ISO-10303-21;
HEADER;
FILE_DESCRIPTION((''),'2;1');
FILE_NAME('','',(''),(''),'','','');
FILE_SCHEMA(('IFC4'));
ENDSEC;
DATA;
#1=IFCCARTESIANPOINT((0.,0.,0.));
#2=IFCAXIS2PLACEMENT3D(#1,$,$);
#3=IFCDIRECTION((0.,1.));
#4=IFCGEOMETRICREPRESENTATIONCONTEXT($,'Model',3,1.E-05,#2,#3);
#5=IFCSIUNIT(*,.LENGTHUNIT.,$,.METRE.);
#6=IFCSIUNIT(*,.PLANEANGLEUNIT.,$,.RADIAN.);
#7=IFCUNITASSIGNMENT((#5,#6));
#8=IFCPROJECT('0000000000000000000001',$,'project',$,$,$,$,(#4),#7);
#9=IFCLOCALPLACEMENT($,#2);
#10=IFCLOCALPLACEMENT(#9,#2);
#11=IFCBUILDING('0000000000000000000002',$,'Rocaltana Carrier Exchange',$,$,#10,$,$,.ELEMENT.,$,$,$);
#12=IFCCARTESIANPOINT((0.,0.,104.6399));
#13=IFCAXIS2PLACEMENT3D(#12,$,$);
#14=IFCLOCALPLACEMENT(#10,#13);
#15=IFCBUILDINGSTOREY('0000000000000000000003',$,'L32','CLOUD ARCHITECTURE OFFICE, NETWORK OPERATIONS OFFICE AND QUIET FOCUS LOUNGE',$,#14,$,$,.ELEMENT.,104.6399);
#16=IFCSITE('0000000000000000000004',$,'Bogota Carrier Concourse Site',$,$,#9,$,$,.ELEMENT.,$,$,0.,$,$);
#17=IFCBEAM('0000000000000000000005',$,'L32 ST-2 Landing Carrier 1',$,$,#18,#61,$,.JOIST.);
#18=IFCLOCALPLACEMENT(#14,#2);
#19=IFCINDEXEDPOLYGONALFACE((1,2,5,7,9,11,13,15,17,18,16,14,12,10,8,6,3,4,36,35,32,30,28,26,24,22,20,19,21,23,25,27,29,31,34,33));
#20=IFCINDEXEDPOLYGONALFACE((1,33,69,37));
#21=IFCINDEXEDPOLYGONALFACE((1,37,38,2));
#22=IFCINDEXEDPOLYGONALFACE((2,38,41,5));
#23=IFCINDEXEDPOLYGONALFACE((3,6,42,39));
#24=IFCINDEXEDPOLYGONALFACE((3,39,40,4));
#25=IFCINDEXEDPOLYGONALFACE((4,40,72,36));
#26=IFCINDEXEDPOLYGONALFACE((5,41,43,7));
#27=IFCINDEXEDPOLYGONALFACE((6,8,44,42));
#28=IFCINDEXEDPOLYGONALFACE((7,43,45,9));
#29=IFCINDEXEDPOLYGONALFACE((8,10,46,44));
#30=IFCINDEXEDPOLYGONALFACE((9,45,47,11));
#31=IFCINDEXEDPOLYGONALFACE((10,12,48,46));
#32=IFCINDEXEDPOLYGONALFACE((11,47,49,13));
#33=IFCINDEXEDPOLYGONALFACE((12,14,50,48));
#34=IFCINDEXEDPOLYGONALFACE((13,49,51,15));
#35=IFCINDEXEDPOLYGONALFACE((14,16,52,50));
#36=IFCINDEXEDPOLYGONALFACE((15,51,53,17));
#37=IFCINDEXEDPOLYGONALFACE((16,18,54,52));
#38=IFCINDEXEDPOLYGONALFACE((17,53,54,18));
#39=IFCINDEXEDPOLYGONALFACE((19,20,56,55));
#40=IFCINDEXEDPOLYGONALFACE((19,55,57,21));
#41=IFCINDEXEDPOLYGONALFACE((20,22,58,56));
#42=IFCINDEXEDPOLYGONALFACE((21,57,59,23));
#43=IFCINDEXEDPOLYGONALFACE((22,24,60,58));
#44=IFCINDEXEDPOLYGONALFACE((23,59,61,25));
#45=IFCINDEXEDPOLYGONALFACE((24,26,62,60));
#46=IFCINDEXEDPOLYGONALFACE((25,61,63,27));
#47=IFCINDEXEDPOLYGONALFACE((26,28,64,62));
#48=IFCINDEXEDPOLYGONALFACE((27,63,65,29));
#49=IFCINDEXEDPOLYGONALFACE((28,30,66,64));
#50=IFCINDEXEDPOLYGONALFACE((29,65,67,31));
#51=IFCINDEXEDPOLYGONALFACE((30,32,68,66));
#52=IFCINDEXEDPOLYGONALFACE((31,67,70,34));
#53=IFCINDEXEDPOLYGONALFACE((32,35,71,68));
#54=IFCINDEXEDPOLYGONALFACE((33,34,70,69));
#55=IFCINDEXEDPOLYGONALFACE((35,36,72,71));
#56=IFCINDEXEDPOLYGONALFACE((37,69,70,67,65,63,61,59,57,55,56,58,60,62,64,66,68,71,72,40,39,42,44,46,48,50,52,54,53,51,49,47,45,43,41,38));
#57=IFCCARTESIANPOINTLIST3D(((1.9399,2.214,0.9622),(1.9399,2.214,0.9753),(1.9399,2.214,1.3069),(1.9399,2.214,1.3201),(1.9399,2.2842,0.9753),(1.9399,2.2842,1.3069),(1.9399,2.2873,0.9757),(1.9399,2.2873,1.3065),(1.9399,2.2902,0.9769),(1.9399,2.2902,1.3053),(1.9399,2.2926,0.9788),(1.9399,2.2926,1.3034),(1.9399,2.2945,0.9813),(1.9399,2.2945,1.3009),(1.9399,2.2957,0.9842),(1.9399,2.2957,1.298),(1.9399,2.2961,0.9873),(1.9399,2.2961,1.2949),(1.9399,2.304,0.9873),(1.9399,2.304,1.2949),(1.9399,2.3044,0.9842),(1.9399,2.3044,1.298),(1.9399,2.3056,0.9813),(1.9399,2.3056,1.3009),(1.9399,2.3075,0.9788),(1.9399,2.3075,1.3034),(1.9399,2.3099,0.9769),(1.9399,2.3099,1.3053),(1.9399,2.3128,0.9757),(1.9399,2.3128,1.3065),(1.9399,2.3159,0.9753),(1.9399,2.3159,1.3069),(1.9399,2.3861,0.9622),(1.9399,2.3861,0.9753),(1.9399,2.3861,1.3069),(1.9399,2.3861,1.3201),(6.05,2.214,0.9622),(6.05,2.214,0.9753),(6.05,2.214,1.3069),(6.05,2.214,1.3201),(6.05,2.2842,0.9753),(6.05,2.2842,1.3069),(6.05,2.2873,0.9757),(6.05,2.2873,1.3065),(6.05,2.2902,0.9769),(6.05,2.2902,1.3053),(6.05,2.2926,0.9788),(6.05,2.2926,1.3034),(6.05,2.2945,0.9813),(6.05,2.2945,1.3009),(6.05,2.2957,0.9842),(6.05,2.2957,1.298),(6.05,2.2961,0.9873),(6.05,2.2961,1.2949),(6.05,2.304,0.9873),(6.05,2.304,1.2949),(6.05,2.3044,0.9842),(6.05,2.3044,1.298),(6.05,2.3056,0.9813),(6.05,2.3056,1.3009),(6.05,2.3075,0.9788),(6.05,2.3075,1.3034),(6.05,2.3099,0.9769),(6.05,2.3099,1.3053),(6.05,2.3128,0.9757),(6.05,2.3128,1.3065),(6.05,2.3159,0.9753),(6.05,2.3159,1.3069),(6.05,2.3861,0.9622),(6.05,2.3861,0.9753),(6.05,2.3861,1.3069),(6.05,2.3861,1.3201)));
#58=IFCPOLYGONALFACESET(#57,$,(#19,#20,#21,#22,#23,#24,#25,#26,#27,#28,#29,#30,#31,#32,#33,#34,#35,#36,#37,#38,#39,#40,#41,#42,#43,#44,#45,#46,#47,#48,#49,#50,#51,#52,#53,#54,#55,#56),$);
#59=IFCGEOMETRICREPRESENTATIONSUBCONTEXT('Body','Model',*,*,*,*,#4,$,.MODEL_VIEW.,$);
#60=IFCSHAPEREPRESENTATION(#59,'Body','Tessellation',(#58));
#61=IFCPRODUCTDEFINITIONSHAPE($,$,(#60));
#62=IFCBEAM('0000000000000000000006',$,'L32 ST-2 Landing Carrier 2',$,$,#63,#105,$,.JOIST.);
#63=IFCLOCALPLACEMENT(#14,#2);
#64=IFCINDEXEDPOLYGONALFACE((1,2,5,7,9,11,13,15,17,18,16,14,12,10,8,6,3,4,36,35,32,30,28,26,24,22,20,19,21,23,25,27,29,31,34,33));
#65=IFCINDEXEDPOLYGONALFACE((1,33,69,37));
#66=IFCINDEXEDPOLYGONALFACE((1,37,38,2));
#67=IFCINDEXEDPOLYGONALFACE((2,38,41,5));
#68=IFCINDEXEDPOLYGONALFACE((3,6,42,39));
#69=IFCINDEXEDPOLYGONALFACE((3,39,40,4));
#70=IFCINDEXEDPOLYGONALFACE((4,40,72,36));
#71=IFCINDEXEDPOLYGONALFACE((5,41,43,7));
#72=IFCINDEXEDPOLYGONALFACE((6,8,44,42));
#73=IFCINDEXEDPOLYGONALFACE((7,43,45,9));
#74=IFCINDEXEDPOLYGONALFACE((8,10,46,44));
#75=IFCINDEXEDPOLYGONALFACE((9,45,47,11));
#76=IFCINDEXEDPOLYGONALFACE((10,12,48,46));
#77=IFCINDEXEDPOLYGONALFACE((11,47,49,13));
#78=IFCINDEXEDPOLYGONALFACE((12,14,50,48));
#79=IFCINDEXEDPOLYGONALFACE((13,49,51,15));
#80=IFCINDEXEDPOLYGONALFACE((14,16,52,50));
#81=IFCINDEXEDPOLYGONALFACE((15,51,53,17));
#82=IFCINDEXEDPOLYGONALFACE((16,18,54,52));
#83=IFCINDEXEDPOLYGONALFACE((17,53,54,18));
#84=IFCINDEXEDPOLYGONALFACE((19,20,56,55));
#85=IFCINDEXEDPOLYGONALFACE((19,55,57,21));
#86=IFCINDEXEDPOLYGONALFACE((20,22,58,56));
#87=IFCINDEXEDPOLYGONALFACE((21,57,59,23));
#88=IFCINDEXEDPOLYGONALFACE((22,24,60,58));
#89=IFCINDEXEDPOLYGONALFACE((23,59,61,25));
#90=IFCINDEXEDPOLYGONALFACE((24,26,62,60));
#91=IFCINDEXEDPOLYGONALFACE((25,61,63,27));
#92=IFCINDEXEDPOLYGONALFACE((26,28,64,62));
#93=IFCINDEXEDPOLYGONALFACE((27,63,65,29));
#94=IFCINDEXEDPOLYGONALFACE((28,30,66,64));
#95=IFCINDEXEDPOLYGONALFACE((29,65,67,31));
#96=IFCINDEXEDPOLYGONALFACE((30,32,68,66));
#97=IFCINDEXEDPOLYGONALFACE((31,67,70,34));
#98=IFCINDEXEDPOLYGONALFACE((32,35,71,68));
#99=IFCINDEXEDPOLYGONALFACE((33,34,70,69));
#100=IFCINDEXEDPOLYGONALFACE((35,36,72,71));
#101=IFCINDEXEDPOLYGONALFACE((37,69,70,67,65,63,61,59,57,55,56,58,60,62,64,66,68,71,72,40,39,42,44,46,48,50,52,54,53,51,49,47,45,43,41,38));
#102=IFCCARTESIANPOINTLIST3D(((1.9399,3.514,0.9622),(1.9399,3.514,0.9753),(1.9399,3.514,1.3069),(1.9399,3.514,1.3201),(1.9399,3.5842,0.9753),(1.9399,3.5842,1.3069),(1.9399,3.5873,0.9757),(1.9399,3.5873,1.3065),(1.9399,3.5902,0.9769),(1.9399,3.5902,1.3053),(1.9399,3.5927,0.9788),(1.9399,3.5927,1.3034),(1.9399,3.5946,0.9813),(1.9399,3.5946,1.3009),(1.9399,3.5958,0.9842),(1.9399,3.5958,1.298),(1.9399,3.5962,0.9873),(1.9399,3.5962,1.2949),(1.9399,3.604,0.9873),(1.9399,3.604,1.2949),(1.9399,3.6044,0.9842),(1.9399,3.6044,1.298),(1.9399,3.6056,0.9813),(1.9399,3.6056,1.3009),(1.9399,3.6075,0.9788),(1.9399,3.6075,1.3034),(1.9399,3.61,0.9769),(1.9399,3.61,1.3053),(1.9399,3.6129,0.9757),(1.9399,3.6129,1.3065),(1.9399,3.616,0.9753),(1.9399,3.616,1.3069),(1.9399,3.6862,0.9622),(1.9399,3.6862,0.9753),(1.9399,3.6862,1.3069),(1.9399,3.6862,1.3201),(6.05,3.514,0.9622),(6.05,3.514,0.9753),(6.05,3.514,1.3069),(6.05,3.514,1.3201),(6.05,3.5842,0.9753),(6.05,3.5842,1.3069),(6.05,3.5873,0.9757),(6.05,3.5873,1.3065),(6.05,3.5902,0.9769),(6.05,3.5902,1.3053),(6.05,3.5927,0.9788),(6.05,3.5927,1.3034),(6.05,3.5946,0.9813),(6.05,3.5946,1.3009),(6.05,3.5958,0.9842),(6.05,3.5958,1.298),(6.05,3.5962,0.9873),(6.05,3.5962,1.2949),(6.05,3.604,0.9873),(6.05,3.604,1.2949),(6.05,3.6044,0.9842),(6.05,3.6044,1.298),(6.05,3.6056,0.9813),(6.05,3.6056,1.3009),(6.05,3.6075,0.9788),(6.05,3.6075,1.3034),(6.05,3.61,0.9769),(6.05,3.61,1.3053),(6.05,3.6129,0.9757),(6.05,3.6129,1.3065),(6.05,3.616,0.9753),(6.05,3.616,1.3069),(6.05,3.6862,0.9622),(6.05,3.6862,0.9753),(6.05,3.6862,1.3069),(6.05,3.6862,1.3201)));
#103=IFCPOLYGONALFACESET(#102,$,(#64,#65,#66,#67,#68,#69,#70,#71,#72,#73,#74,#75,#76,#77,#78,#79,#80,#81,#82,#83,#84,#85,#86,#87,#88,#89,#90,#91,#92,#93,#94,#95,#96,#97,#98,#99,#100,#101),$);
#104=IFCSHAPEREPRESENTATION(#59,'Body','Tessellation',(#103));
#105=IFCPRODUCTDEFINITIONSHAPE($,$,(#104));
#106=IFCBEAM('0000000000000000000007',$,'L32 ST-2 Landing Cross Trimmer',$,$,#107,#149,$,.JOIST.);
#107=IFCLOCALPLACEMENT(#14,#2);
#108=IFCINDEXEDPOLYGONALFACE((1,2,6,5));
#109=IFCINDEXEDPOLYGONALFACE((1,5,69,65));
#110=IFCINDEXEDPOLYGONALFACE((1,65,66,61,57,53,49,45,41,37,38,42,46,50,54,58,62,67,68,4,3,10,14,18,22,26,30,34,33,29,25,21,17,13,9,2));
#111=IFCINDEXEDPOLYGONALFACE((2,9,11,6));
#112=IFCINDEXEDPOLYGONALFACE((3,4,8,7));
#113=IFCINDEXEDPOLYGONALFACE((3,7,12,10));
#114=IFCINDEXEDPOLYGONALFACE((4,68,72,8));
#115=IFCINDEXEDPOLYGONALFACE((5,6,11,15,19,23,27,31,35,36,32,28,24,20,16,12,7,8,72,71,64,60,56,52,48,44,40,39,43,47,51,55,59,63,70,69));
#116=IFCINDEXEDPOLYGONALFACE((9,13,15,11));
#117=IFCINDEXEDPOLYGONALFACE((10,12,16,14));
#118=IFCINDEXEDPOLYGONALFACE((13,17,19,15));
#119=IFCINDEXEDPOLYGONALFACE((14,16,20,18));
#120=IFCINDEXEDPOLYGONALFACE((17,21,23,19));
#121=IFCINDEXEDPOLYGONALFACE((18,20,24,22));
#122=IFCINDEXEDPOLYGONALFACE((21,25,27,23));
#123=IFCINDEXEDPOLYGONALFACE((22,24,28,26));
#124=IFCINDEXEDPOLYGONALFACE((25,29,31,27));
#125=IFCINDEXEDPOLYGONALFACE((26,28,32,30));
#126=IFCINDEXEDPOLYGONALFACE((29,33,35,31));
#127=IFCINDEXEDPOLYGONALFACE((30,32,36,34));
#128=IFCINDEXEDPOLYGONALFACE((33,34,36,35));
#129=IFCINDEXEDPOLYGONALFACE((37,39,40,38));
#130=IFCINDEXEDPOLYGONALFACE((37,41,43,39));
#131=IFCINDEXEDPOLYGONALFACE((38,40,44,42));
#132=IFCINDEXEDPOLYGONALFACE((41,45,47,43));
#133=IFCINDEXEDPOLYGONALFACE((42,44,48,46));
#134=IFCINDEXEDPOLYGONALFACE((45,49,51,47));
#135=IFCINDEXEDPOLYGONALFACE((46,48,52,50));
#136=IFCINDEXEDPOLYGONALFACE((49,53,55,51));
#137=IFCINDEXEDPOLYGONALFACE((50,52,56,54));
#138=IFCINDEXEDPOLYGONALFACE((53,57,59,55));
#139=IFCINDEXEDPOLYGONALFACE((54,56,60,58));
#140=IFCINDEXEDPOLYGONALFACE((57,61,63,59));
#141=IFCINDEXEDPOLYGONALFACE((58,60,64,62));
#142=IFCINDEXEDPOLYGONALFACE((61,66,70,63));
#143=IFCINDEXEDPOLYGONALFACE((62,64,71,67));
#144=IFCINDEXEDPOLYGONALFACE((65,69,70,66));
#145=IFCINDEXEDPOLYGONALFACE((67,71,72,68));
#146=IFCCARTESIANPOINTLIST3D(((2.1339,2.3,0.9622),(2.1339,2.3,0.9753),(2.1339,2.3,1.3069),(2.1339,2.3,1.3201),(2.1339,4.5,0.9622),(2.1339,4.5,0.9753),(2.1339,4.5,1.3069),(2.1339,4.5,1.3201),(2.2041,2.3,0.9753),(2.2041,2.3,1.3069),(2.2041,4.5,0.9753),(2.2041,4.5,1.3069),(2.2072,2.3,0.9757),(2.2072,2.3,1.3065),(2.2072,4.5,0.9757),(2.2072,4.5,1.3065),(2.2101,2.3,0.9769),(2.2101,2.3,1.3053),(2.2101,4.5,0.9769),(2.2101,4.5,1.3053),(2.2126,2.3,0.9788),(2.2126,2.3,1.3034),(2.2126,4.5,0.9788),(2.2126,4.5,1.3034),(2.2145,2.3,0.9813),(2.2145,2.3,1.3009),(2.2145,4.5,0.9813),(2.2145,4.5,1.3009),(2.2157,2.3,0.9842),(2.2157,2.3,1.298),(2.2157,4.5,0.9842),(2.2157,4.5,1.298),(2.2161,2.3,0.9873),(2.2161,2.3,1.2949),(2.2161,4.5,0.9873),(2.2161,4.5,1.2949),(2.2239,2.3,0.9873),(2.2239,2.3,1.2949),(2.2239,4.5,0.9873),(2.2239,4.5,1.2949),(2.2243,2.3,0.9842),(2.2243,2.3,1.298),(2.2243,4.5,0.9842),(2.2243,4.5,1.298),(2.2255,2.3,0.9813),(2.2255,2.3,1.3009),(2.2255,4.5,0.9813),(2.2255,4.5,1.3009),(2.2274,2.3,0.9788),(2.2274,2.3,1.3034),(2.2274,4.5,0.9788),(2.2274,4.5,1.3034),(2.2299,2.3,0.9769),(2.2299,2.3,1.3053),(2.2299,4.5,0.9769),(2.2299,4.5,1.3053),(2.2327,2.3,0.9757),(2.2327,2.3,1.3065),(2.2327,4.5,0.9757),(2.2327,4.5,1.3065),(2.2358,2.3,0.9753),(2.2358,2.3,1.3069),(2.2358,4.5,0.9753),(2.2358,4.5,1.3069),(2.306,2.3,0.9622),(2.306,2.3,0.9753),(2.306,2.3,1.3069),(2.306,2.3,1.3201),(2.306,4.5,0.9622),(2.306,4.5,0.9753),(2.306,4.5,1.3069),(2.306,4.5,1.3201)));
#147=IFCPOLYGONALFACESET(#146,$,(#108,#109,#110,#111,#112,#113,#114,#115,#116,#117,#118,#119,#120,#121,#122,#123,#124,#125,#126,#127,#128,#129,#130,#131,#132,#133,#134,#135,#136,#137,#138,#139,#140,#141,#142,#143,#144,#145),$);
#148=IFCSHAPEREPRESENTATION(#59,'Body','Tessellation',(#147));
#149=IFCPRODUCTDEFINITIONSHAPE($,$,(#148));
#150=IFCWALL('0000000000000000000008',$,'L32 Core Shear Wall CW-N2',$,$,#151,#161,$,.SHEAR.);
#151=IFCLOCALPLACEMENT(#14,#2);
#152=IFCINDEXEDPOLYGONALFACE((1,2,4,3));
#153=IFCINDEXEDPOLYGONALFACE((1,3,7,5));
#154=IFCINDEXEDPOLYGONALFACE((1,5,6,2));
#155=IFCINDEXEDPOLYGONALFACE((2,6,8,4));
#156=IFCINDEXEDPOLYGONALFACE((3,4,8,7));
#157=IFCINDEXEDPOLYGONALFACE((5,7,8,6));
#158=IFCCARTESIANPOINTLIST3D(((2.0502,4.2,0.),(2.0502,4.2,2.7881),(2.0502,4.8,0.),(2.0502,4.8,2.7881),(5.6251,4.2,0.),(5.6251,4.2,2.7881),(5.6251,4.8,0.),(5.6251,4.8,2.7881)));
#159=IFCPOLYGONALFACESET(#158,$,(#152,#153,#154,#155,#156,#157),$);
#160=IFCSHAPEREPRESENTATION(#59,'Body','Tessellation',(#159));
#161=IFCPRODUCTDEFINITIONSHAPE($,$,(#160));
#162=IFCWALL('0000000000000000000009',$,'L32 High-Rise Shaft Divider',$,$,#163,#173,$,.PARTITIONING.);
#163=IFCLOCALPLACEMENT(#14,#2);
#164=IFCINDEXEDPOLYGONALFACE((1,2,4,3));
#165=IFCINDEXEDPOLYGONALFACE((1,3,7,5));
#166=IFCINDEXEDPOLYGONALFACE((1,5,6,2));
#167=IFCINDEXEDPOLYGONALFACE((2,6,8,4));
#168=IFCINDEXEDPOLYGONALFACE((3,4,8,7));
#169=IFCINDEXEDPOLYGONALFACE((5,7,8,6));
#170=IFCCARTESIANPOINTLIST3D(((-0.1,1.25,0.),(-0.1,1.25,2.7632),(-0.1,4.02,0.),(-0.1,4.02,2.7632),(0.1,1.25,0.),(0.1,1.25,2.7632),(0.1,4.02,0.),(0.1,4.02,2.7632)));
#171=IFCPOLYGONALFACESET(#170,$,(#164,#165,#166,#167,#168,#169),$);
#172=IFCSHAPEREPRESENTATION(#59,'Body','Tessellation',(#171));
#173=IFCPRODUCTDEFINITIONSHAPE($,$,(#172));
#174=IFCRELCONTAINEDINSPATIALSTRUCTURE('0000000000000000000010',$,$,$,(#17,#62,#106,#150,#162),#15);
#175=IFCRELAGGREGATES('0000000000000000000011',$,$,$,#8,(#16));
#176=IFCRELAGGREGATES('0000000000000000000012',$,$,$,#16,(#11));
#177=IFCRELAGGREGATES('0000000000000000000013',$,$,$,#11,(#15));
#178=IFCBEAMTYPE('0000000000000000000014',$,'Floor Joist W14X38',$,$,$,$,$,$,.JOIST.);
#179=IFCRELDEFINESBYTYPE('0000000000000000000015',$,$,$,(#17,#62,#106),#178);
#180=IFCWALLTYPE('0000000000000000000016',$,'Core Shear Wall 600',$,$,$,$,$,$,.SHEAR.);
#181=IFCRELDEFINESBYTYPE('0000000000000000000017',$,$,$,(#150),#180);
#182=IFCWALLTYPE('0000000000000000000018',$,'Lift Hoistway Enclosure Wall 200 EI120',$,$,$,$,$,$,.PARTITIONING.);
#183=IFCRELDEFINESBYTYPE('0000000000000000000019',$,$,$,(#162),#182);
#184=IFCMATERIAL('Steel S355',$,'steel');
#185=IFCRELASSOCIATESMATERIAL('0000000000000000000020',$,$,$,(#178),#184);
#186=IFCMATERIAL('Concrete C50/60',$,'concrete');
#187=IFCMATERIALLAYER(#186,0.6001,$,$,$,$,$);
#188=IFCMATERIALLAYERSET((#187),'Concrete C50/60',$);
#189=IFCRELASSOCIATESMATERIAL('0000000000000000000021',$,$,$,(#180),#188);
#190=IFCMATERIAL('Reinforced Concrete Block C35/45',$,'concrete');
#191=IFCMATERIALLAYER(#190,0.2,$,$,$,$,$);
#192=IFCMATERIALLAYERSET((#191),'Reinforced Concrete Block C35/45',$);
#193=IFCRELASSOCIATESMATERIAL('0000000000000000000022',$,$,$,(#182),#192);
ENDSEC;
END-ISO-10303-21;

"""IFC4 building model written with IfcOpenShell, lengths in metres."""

from ifc_helpers import new_model, si_unit, direction, frame, frame_2d, origin, origin_2d, place, context, subcontext, project, spatial, rectangle, i_section, extrude, material, layer, layer_set, material_profile, profile_set, type_object, element, save


model = new_model("IFC4")

# Units and contexts
model_context = context("Model", 3, precision=1e-05, world=origin(), true_north=direction((0.0, 1.0)))
body_context = subcontext(model_context, "Body", "Model", "MODEL_VIEW")
ifc_project = project(units=[si_unit("LENGTHUNIT", "METRE"), si_unit("PLANEANGLEUNIT", "RADIAN")], contexts=[model_context])

# Site, building, storey
site_placement = place(None, origin())
site = spatial("IfcSite", under=ifc_project, at=site_placement, Name="Bogota Carrier Concourse Site", CompositionType="ELEMENT", RefElevation=0.0)
building_placement = place(site_placement, origin())
building = spatial("IfcBuilding", under=site, at=building_placement, Name="Rocaltana Carrier Exchange", CompositionType="ELEMENT")
storey_placement = place(building_placement, frame((0.0, 0.0, 104.6399)))
storey = spatial("IfcBuildingStorey", under=building, at=storey_placement, Name="L32", Description="CLOUD ARCHITECTURE OFFICE, NETWORK OPERATIONS OFFICE AND QUIET FOCUS LOUNGE", CompositionType="ELEMENT", Elevation=104.6399)

# Beams
ifc_material_1 = material(Name="Steel S355", Category="steel")
ifc_material_profile = material_profile(ifc_material_1, i_section(OverallWidth=0.1721, OverallDepth=0.3579, WebThickness=0.0078, FlangeThickness=0.0132, FilletRadius=0.012, at=origin_2d()), Name="W14X38")
ifc_profile_set = profile_set([ifc_material_profile], Name="Steel S355")
beam_type = type_object("IfcBeamType", Name="Floor Joist W14X38", PredefinedType="JOIST", material=ifc_profile_set)
for number, where, z_axis, x_axis, name in (
    (1, (1.9399, 2.3, 1.1411), (1.0, 0.0, 0.0), (0.0, 1.0, 0.0), "L32 ST-2 Landing Carrier 1"),
    (2, (1.9399, 3.6001, 1.1411), (1.0, 0.0, 0.0), (0.0, 1.0, 0.0), "L32 ST-2 Landing Carrier 2"),
):
    element("IfcBeam", number, at=place(storey_placement, frame(where, z_axis=z_axis, x_axis=x_axis)), inside=storey, type_object=beam_type, Name=name, PredefinedType="JOIST", context=body_context, shape_type="SweptSolid", body=[
        extrude(i_section(OverallWidth=0.1721, OverallDepth=0.3579, WebThickness=0.0078, FlangeThickness=0.0132, FilletRadius=0.012, at=origin_2d()), origin(), (0.0, 0.0, 1.0), 4.1101),
    ])
beam_placement = place(storey_placement, frame((2.22, 2.3, 1.1411), z_axis=(0.0, 1.0, 0.0), x_axis=(-1.0, 0.0, 0.0)))
element("IfcBeam", 3, at=beam_placement, inside=storey, type_object=beam_type, Name="L32 ST-2 Landing Cross Trimmer", PredefinedType="JOIST", context=body_context, shape_type="SweptSolid", body=[
    extrude(i_section(OverallWidth=0.1721, OverallDepth=0.3579, WebThickness=0.0078, FlangeThickness=0.0132, FilletRadius=0.012, at=origin_2d()), origin(), (0.0, 0.0, 1.0), 2.2),
])

# Walls
ifc_material_2 = material(Name="Concrete C50/60", Category="concrete")
ifc_layer_1 = layer(ifc_material_2, 0.6001)
ifc_layer_set_1 = layer_set([ifc_layer_1], Name="Concrete C50/60")
wall_type_1 = type_object("IfcWallType", Name="Core Shear Wall 600", PredefinedType="SHEAR", material=ifc_layer_set_1)
wall_1_placement = place(storey_placement, frame((2.05, 4.5, 0.0), z_axis=(0.0, 0.0, 1.0), x_axis=(1.0, 0.0, 0.0)))
element("IfcWall", 4, at=wall_1_placement, inside=storey, type_object=wall_type_1, Name="L32 Core Shear Wall CW-N2", PredefinedType="SHEAR", context=body_context, shape_type="SweptSolid", body=[
    extrude(rectangle(XDim=3.575, YDim=0.6001, at=frame_2d((1.7876, 0.0))), origin(), (0.0, 0.0, 1.0), 2.7881),
])
ifc_material_3 = material(Name="Reinforced Concrete Block C35/45", Category="concrete")
ifc_layer_2 = layer(ifc_material_3, 0.2)
ifc_layer_set_2 = layer_set([ifc_layer_2], Name="Reinforced Concrete Block C35/45")
wall_type_2 = type_object("IfcWallType", Name="Lift Hoistway Enclosure Wall 200 EI120", PredefinedType="PARTITIONING", material=ifc_layer_set_2)
wall_2_placement = place(storey_placement, frame((0.0, 1.25, 0.0), z_axis=(0.0, 0.0, 1.0), x_axis=(0.0, 1.0, 0.0)))
element("IfcWall", 5, at=wall_2_placement, inside=storey, type_object=wall_type_2, Name="L32 High-Rise Shaft Divider", PredefinedType="PARTITIONING", context=body_context, shape_type="SweptSolid", body=[
    extrude(rectangle(XDim=2.77, YDim=0.2, at=frame_2d((1.385, 0.0))), origin(), (0.0, 0.0, 1.0), 2.7632),
])

save(model, "model.ifc")
